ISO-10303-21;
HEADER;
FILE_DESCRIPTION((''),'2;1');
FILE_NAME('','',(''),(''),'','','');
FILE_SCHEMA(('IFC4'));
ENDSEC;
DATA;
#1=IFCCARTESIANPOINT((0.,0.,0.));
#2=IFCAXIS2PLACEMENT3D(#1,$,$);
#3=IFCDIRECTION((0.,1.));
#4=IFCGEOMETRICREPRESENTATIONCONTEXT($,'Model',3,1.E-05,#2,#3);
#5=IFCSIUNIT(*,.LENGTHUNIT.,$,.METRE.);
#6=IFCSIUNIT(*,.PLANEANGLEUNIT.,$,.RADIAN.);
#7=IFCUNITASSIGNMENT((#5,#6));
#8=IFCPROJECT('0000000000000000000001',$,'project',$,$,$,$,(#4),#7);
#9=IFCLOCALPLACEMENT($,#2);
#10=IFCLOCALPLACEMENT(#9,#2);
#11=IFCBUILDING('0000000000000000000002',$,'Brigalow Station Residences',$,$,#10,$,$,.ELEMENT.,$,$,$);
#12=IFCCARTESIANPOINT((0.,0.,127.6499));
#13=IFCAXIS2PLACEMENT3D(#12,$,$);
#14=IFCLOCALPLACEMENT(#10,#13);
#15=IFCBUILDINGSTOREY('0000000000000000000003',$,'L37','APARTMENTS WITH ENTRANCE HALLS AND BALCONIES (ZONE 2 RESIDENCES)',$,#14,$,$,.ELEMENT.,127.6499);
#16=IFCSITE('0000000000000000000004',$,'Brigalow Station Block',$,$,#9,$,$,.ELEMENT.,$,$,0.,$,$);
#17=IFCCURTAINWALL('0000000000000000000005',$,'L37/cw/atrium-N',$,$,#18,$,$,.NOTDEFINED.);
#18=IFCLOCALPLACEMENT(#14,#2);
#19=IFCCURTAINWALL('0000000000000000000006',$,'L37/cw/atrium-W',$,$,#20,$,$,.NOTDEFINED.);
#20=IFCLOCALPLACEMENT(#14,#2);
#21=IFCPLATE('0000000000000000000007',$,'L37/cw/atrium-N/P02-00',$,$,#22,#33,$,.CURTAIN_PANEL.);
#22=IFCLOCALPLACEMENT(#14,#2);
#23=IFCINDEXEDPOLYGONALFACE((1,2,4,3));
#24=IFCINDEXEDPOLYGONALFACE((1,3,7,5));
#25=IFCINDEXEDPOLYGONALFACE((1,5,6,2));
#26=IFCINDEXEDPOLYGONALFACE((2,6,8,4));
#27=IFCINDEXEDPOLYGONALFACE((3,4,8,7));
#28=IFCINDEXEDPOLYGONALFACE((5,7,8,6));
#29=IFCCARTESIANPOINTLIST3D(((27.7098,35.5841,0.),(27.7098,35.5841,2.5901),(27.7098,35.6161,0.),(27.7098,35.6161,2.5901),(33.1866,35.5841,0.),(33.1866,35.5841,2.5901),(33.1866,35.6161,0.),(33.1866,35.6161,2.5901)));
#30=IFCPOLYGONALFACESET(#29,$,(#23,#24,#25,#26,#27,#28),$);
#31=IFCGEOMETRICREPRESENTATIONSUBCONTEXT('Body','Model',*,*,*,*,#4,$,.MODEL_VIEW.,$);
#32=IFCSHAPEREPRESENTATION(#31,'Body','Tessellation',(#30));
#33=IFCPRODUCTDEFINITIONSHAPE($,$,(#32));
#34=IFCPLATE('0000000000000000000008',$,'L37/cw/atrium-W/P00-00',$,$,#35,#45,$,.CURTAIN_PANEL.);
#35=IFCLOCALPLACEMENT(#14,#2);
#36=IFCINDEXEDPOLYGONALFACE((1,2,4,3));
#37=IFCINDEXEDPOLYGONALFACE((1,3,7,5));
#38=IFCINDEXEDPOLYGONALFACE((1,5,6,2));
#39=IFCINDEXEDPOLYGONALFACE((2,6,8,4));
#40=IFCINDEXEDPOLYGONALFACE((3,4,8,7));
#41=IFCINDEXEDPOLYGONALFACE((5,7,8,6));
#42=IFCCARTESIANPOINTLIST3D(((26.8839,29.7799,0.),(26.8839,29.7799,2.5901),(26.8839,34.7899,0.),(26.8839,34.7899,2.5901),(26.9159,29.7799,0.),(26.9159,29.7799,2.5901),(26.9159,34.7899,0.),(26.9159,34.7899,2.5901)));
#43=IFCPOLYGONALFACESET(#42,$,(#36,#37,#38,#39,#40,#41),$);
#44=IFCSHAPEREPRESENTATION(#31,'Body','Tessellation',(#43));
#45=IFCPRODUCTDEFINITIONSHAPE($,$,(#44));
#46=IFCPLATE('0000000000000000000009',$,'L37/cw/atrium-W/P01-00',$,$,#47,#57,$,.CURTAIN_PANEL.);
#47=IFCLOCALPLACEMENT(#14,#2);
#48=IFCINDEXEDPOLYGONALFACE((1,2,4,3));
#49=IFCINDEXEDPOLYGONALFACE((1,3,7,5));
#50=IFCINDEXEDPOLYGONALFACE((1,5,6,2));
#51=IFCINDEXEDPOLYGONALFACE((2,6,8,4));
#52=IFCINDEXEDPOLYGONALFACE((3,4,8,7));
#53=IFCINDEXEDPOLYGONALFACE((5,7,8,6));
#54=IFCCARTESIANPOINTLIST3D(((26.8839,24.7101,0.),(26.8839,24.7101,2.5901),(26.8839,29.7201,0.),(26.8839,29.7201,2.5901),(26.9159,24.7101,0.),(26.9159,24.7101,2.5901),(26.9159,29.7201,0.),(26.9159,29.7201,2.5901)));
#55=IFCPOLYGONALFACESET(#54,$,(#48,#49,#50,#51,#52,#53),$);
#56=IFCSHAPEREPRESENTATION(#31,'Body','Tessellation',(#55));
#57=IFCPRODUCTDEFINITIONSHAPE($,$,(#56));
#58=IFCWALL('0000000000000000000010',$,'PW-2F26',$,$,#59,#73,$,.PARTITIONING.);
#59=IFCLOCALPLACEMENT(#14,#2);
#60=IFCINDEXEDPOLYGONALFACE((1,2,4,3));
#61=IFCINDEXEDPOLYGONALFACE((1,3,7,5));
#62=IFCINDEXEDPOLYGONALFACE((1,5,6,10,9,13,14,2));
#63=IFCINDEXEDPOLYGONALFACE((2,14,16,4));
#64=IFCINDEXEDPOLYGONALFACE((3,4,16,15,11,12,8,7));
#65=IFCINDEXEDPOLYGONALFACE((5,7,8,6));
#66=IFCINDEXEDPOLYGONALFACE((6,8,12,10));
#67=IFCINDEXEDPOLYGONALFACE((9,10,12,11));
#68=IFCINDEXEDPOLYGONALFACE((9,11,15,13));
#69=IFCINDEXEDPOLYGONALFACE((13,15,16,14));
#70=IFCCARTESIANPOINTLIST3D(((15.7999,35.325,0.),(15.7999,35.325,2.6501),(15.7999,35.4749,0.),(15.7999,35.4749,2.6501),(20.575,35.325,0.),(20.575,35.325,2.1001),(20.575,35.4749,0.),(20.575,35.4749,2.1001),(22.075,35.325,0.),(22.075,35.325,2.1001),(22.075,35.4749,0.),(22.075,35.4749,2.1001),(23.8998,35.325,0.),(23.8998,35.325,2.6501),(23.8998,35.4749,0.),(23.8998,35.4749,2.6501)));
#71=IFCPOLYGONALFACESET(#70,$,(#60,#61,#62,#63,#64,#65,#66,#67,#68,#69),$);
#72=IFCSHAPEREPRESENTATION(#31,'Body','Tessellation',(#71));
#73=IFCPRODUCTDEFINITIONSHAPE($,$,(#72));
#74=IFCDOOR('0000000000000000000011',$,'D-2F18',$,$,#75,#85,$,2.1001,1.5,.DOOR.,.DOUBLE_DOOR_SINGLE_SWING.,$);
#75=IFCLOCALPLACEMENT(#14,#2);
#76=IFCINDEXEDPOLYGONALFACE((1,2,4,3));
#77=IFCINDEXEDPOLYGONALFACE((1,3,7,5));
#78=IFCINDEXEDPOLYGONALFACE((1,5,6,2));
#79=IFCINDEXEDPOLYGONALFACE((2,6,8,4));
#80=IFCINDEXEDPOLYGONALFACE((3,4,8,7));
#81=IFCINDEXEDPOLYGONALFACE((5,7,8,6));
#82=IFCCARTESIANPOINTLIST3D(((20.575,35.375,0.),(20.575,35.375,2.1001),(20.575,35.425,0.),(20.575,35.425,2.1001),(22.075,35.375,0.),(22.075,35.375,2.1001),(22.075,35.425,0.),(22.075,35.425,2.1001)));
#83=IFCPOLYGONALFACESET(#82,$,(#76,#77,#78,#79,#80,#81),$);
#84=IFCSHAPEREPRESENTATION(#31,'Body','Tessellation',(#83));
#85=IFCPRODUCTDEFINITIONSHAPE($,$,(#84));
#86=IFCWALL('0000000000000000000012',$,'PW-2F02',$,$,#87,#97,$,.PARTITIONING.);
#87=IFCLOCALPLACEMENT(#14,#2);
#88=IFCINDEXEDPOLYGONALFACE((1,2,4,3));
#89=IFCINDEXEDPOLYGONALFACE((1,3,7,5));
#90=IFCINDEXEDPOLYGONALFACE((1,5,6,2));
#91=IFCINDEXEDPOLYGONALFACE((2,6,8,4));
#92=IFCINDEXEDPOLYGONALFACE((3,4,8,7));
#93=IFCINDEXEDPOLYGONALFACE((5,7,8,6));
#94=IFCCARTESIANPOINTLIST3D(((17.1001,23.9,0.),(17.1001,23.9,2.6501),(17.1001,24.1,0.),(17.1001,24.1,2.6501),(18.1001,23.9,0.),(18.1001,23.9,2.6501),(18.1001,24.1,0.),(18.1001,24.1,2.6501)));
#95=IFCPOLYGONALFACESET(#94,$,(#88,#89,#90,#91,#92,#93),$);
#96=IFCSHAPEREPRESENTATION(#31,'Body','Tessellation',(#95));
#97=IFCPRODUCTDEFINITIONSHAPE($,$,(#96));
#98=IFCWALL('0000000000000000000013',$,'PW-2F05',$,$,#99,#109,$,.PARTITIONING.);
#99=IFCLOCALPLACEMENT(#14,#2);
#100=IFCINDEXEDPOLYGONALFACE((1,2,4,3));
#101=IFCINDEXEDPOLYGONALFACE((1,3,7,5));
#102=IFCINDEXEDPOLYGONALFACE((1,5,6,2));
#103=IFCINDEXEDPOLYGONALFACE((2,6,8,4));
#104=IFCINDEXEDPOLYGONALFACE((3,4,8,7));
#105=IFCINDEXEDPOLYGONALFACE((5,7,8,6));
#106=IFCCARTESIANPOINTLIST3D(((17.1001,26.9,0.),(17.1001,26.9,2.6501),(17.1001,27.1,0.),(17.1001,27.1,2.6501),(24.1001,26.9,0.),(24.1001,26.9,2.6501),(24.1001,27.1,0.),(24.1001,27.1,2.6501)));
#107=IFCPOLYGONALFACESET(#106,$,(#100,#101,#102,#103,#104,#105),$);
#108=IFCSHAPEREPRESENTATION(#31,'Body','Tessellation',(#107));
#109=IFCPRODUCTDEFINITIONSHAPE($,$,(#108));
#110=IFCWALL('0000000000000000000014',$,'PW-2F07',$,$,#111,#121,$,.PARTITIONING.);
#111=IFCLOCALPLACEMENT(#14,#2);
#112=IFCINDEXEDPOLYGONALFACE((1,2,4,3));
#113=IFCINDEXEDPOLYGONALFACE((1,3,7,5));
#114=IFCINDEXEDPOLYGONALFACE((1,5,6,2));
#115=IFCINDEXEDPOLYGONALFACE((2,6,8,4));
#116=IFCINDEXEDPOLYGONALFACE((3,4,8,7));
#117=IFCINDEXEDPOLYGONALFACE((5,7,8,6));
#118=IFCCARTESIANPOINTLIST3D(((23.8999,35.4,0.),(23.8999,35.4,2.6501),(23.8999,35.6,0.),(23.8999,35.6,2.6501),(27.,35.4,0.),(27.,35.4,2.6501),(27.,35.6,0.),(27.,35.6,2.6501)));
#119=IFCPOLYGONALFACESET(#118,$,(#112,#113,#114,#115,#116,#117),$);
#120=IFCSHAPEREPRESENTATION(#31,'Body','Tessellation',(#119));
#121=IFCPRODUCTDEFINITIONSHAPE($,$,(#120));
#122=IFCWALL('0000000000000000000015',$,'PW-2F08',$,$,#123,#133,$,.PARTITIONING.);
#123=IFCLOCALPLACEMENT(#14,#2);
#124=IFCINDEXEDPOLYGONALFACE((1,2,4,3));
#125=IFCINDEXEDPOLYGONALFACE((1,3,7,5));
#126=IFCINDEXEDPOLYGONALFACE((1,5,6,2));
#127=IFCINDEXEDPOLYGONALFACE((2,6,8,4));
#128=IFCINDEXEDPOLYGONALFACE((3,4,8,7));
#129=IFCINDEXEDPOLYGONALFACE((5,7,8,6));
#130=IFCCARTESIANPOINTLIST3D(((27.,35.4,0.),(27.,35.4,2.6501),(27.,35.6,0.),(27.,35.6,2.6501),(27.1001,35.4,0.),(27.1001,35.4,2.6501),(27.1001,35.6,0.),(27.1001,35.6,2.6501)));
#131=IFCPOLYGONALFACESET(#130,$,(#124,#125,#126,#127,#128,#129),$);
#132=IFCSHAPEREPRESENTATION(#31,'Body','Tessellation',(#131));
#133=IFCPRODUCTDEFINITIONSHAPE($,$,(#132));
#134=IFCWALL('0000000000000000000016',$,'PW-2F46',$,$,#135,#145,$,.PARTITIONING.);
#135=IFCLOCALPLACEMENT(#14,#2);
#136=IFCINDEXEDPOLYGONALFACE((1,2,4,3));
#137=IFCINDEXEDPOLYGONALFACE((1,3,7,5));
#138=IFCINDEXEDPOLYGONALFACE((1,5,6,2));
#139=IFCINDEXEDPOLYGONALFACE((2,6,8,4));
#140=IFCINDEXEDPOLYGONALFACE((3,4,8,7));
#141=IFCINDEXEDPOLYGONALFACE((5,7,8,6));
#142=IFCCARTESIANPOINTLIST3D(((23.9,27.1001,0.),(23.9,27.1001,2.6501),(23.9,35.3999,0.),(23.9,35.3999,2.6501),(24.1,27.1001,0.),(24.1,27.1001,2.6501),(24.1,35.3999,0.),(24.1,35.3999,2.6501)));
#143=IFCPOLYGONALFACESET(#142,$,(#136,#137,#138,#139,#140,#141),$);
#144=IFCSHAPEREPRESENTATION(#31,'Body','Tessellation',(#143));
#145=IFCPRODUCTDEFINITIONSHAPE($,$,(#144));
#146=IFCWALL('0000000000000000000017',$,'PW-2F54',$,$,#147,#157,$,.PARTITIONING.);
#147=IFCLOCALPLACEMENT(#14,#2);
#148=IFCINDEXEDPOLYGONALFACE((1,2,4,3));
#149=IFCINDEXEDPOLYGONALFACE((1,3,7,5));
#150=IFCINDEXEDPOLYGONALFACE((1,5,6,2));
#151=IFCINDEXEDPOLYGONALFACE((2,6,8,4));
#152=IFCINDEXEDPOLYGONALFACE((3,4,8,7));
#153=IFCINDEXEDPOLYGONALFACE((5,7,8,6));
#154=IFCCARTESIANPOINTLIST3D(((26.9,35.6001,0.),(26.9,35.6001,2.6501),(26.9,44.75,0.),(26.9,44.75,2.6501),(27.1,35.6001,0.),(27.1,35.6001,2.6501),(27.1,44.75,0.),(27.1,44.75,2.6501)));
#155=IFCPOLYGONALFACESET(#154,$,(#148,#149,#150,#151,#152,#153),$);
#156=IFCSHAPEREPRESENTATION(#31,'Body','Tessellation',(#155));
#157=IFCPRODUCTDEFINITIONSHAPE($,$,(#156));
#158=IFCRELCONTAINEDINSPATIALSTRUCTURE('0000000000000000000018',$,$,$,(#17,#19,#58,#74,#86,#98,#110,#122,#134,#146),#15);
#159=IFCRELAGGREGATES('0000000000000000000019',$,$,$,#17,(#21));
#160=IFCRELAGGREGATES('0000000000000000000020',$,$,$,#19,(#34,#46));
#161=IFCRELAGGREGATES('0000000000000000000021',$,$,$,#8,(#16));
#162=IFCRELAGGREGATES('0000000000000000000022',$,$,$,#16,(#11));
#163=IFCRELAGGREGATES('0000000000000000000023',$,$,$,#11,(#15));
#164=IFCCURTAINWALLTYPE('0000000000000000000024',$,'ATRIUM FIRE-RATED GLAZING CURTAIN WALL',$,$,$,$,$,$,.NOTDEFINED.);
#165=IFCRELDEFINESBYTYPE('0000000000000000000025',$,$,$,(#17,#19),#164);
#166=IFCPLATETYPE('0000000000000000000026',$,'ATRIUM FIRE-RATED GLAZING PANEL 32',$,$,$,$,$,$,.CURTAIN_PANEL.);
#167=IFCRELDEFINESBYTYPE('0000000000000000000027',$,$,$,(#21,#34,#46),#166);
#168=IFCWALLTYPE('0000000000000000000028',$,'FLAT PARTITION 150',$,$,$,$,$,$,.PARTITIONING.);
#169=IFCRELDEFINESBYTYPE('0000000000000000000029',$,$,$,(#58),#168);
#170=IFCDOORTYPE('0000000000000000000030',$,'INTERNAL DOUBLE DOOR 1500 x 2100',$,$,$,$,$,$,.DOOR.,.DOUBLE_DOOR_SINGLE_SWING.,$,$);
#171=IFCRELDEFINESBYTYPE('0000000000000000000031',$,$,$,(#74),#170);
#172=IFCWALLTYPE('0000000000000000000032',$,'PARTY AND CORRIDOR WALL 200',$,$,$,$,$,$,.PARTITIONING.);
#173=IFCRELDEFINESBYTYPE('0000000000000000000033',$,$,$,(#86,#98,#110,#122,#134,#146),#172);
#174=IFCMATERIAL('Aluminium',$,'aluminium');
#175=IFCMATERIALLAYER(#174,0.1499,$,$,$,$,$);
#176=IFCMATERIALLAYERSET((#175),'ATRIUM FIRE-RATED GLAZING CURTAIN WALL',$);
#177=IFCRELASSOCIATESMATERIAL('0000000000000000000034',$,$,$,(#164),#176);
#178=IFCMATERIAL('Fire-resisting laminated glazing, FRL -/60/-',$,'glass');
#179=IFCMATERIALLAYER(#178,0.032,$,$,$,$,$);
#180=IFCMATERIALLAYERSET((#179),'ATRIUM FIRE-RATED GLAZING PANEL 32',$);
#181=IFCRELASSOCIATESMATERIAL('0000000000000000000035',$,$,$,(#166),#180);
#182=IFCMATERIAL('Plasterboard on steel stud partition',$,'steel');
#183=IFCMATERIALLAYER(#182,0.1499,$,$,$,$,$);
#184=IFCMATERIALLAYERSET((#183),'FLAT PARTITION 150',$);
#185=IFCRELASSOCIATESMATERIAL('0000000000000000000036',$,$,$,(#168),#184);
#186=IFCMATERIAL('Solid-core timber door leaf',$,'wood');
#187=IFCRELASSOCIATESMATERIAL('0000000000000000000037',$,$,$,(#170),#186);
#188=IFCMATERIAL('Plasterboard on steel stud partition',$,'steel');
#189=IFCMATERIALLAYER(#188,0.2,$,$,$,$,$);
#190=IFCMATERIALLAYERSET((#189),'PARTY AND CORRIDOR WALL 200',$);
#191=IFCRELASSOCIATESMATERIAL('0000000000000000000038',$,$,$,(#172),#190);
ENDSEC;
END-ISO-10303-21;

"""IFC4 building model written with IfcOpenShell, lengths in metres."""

from ifc_helpers import new_model, si_unit, direction, frame, frame_2d, origin, origin_2d, place, context, subcontext, project, spatial, rectangle, extrude, material, layer, layer_set, type_object, element, fill, aggregate, save


model = new_model("IFC4")

# Units and contexts
model_context = context("Model", 3, precision=1e-05, world=origin(), true_north=direction((0.0, 1.0)))
body_context = subcontext(model_context, "Body", "Model", "MODEL_VIEW")
ifc_project = project(units=[si_unit("LENGTHUNIT", "METRE"), si_unit("PLANEANGLEUNIT", "RADIAN")], contexts=[model_context])

# Site, building, storey
site_placement = place(None, origin())
site = spatial("IfcSite", under=ifc_project, at=site_placement, Name="Brigalow Station Block", CompositionType="ELEMENT", RefElevation=0.0)
building_placement = place(site_placement, origin())
building = spatial("IfcBuilding", under=site, at=building_placement, Name="Brigalow Station Residences", CompositionType="ELEMENT")
storey_placement = place(building_placement, frame((0.0, 0.0, 127.6499)))
storey = spatial("IfcBuildingStorey", under=building, at=storey_placement, Name="L37", Description="APARTMENTS WITH ENTRANCE HALLS AND BALCONIES (ZONE 2 RESIDENCES)", CompositionType="ELEMENT", Elevation=127.6499)

# Curtain wall
ifc_material_1 = material(Name="Aluminium", Category="aluminium")
ifc_layer_1 = layer(ifc_material_1, 0.1499)
ifc_layer_set_1 = layer_set([ifc_layer_1], Name="ATRIUM FIRE-RATED GLAZING CURTAIN WALL")
curtain_wall_type = type_object("IfcCurtainWallType", Name="ATRIUM FIRE-RATED GLAZING CURTAIN WALL", PredefinedType="NOTDEFINED", material=ifc_layer_set_1)
curtain_wall_1_placement = place(storey_placement, origin())
curtain_wall_1 = element("IfcCurtainWall", 1, at=curtain_wall_1_placement, inside=storey, type_object=curtain_wall_type, Name="L37/cw/atrium-N", PredefinedType="NOTDEFINED")

# Curtain wall
curtain_wall_2_placement = place(storey_placement, origin())
curtain_wall_2 = element("IfcCurtainWall", 2, at=curtain_wall_2_placement, inside=storey, type_object=curtain_wall_type, Name="L37/cw/atrium-W", PredefinedType="NOTDEFINED")

# Plates
ifc_material_2 = material(Name="Fire-resisting laminated glazing, FRL -/60/-", Category="glass")
ifc_layer_2 = layer(ifc_material_2, 0.032)
ifc_layer_set_2 = layer_set([ifc_layer_2], Name="ATRIUM FIRE-RATED GLAZING PANEL 32")
plate_type = type_object("IfcPlateType", Name="ATRIUM FIRE-RATED GLAZING PANEL 32", PredefinedType="CURTAIN_PANEL", material=ifc_layer_set_2)
plate_1_placement = place(storey_placement, frame((30.4482, 35.6001, 0.0), z_axis=(0.0, 0.0, 1.0), x_axis=(-1.0, 0.0, 0.0)))
plate_1 = element("IfcPlate", 3, at=plate_1_placement, type_object=plate_type, Name="L37/cw/atrium-N/P02-00", PredefinedType="CURTAIN_PANEL", context=body_context, shape_type="SweptSolid", body=[
    extrude(rectangle(XDim=5.4768, YDim=0.032, at=origin_2d()), origin(), (0.0, 0.0, 1.0), 2.5901),
])
aggregate(curtain_wall_1, [plate_1])
plate_2_placement = place(storey_placement, frame((26.8999, 32.2849, 0.0), z_axis=(0.0, 0.0, 1.0), x_axis=(0.0, -1.0, 0.0)))
plate_2 = element("IfcPlate", 4, at=plate_2_placement, type_object=plate_type, Name="L37/cw/atrium-W/P00-00", PredefinedType="CURTAIN_PANEL", context=body_context, shape_type="SweptSolid", body=[
    extrude(rectangle(XDim=5.01, YDim=0.032, at=origin_2d()), origin(), (0.0, 0.0, 1.0), 2.5901),
])
plate_3_placement = place(storey_placement, frame((26.8999, 27.2151, 0.0), z_axis=(0.0, 0.0, 1.0), x_axis=(0.0, -1.0, 0.0)))
plate_3 = element("IfcPlate", 5, at=plate_3_placement, type_object=plate_type, Name="L37/cw/atrium-W/P01-00", PredefinedType="CURTAIN_PANEL", context=body_context, shape_type="SweptSolid", body=[
    extrude(rectangle(XDim=5.01, YDim=0.032, at=origin_2d()), origin(), (0.0, 0.0, 1.0), 2.5901),
])
aggregate(curtain_wall_2, [plate_2, plate_3])

# Wall, opening, door
ifc_material_3 = material(Name="Plasterboard on steel stud partition", Category="steel")
ifc_layer_3 = layer(ifc_material_3, 0.1499)
ifc_layer_set_3 = layer_set([ifc_layer_3], Name="FLAT PARTITION 150")
wall_type_1 = type_object("IfcWallType", Name="FLAT PARTITION 150", PredefinedType="PARTITIONING", material=ifc_layer_set_3)
wall_1_placement = place(storey_placement, frame((15.8, 35.3999, 0.0), z_axis=(0.0, 0.0, 1.0), x_axis=(1.0, 0.0, 0.0)))
wall_1 = element("IfcWall", 6, at=wall_1_placement, inside=storey, type_object=wall_type_1, Name="PW-2F26", PredefinedType="PARTITIONING", context=body_context, shape_type="SweptSolid", body=[
    extrude(rectangle(XDim=8.0999, YDim=0.1499, at=frame_2d((4.0498, 0.0))), origin(), (0.0, 0.0, 1.0), 2.6501),
])
opening_placement = place(wall_1_placement, frame((4.7749, 0.0, 0.0)))
opening = element("IfcOpeningElement", 7, at=opening_placement, cuts=wall_1, PredefinedType="OPENING", context=body_context, shape_type="SweptSolid", body=[
    extrude(rectangle(XDim=1.5, YDim=2.1001, at=frame_2d((0.75, 1.05))), frame((0.0, 0.085, 0.0), z_axis=(0.0, -1.0, 0.0), x_axis=(1.0, 0.0, 0.0)), (0.0, 0.0, 1.0), 0.1699),
])
ifc_material_4 = material(Name="Solid-core timber door leaf", Category="wood")
door_type = type_object("IfcDoorType", Name="INTERNAL DOUBLE DOOR 1500 x 2100", OperationType="DOUBLE_DOOR_SINGLE_SWING", PredefinedType="DOOR", material=ifc_material_4)
door_placement = place(opening_placement, frame((1.5, 0.0, 0.0), z_axis=(0.0, 0.0, 1.0), x_axis=(-1.0, 0.0, 0.0)))
door = element("IfcDoor", 8, at=door_placement, inside=storey, type_object=door_type, Name="D-2F18", OperationType="DOUBLE_DOOR_SINGLE_SWING", OverallHeight=2.1001, OverallWidth=1.5, PredefinedType="DOOR", context=body_context, shape_type="SweptSolid", body=[
    extrude(rectangle(XDim=1.5, YDim=2.1001, at=frame_2d((0.75, 1.05))), frame((0.0, 0.0249, 0.0), z_axis=(0.0, -1.0, 0.0), x_axis=(1.0, 0.0, 0.0)), (0.0, 0.0, 1.0), 0.05),
])
fill(opening, door)

# Walls
ifc_material_5 = material(Name="Plasterboard on steel stud partition", Category="steel")
ifc_layer_4 = layer(ifc_material_5, 0.2)
ifc_layer_set_4 = layer_set([ifc_layer_4], Name="PARTY AND CORRIDOR WALL 200")
wall_type_2 = type_object("IfcWallType", Name="PARTY AND CORRIDOR WALL 200", PredefinedType="PARTITIONING", material=ifc_layer_set_4)
wall_2_placement = place(storey_placement, frame((17.1001, 24.0, 0.0), z_axis=(0.0, 0.0, 1.0), x_axis=(1.0, 0.0, 0.0)))
element("IfcWall", 9, at=wall_2_placement, inside=storey, type_object=wall_type_2, Name="PW-2F02", PredefinedType="PARTITIONING", context=body_context, shape_type="SweptSolid", body=[
    extrude(rectangle(XDim=1.0, YDim=0.2, at=frame_2d((0.5, 0.0))), origin(), (0.0, 0.0, 1.0), 2.6501),
])
wall_3_placement = place(storey_placement, frame((17.1001, 27.0, 0.0), z_axis=(0.0, 0.0, 1.0), x_axis=(1.0, 0.0, 0.0)))
element("IfcWall", 10, at=wall_3_placement, inside=storey, type_object=wall_type_2, Name="PW-2F05", PredefinedType="PARTITIONING", context=body_context, shape_type="SweptSolid", body=[
    extrude(rectangle(XDim=7.0, YDim=0.2, at=frame_2d((3.5, 0.0))), origin(), (0.0, 0.0, 1.0), 2.6501),
])
wall_4_placement = place(storey_placement, frame((23.8999, 35.5, 0.0), z_axis=(0.0, 0.0, 1.0), x_axis=(1.0, 0.0, 0.0)))
element("IfcWall", 11, at=wall_4_placement, inside=storey, type_object=wall_type_2, Name="PW-2F07", PredefinedType="PARTITIONING", context=body_context, shape_type="SweptSolid", body=[
    extrude(rectangle(XDim=3.1001, YDim=0.2, at=frame_2d((1.55, 0.0))), origin(), (0.0, 0.0, 1.0), 2.6501),
])
wall_5_placement = place(storey_placement, frame((27.0, 35.5, 0.0), z_axis=(0.0, 0.0, 1.0), x_axis=(1.0, 0.0, 0.0)))
element("IfcWall", 12, at=wall_5_placement, inside=storey, type_object=wall_type_2, Name="PW-2F08", PredefinedType="PARTITIONING", context=body_context, shape_type="SweptSolid", body=[
    extrude(rectangle(XDim=0.1001, YDim=0.2, at=frame_2d((0.05, 0.0))), origin(), (0.0, 0.0, 1.0), 2.6501),
])
wall_6_placement = place(storey_placement, frame((24.0, 27.1001, 0.0), z_axis=(0.0, 0.0, 1.0), x_axis=(0.0, 1.0, 0.0)))
element("IfcWall", 13, at=wall_6_placement, inside=storey, type_object=wall_type_2, Name="PW-2F46", PredefinedType="PARTITIONING", context=body_context, shape_type="SweptSolid", body=[
    extrude(rectangle(XDim=8.2998, YDim=0.2, at=frame_2d((4.1499, 0.0))), origin(), (0.0, 0.0, 1.0), 2.6501),
])
wall_7_placement = place(storey_placement, frame((27.0, 35.6001, 0.0), z_axis=(0.0, 0.0, 1.0), x_axis=(0.0, 1.0, 0.0)))
element("IfcWall", 14, at=wall_7_placement, inside=storey, type_object=wall_type_2, Name="PW-2F54", PredefinedType="PARTITIONING", context=body_context, shape_type="SweptSolid", body=[
    extrude(rectangle(XDim=9.1499, YDim=0.2, at=frame_2d((4.575, 0.0))), origin(), (0.0, 0.0, 1.0), 2.6501),
])

save(model, "model.ifc")
